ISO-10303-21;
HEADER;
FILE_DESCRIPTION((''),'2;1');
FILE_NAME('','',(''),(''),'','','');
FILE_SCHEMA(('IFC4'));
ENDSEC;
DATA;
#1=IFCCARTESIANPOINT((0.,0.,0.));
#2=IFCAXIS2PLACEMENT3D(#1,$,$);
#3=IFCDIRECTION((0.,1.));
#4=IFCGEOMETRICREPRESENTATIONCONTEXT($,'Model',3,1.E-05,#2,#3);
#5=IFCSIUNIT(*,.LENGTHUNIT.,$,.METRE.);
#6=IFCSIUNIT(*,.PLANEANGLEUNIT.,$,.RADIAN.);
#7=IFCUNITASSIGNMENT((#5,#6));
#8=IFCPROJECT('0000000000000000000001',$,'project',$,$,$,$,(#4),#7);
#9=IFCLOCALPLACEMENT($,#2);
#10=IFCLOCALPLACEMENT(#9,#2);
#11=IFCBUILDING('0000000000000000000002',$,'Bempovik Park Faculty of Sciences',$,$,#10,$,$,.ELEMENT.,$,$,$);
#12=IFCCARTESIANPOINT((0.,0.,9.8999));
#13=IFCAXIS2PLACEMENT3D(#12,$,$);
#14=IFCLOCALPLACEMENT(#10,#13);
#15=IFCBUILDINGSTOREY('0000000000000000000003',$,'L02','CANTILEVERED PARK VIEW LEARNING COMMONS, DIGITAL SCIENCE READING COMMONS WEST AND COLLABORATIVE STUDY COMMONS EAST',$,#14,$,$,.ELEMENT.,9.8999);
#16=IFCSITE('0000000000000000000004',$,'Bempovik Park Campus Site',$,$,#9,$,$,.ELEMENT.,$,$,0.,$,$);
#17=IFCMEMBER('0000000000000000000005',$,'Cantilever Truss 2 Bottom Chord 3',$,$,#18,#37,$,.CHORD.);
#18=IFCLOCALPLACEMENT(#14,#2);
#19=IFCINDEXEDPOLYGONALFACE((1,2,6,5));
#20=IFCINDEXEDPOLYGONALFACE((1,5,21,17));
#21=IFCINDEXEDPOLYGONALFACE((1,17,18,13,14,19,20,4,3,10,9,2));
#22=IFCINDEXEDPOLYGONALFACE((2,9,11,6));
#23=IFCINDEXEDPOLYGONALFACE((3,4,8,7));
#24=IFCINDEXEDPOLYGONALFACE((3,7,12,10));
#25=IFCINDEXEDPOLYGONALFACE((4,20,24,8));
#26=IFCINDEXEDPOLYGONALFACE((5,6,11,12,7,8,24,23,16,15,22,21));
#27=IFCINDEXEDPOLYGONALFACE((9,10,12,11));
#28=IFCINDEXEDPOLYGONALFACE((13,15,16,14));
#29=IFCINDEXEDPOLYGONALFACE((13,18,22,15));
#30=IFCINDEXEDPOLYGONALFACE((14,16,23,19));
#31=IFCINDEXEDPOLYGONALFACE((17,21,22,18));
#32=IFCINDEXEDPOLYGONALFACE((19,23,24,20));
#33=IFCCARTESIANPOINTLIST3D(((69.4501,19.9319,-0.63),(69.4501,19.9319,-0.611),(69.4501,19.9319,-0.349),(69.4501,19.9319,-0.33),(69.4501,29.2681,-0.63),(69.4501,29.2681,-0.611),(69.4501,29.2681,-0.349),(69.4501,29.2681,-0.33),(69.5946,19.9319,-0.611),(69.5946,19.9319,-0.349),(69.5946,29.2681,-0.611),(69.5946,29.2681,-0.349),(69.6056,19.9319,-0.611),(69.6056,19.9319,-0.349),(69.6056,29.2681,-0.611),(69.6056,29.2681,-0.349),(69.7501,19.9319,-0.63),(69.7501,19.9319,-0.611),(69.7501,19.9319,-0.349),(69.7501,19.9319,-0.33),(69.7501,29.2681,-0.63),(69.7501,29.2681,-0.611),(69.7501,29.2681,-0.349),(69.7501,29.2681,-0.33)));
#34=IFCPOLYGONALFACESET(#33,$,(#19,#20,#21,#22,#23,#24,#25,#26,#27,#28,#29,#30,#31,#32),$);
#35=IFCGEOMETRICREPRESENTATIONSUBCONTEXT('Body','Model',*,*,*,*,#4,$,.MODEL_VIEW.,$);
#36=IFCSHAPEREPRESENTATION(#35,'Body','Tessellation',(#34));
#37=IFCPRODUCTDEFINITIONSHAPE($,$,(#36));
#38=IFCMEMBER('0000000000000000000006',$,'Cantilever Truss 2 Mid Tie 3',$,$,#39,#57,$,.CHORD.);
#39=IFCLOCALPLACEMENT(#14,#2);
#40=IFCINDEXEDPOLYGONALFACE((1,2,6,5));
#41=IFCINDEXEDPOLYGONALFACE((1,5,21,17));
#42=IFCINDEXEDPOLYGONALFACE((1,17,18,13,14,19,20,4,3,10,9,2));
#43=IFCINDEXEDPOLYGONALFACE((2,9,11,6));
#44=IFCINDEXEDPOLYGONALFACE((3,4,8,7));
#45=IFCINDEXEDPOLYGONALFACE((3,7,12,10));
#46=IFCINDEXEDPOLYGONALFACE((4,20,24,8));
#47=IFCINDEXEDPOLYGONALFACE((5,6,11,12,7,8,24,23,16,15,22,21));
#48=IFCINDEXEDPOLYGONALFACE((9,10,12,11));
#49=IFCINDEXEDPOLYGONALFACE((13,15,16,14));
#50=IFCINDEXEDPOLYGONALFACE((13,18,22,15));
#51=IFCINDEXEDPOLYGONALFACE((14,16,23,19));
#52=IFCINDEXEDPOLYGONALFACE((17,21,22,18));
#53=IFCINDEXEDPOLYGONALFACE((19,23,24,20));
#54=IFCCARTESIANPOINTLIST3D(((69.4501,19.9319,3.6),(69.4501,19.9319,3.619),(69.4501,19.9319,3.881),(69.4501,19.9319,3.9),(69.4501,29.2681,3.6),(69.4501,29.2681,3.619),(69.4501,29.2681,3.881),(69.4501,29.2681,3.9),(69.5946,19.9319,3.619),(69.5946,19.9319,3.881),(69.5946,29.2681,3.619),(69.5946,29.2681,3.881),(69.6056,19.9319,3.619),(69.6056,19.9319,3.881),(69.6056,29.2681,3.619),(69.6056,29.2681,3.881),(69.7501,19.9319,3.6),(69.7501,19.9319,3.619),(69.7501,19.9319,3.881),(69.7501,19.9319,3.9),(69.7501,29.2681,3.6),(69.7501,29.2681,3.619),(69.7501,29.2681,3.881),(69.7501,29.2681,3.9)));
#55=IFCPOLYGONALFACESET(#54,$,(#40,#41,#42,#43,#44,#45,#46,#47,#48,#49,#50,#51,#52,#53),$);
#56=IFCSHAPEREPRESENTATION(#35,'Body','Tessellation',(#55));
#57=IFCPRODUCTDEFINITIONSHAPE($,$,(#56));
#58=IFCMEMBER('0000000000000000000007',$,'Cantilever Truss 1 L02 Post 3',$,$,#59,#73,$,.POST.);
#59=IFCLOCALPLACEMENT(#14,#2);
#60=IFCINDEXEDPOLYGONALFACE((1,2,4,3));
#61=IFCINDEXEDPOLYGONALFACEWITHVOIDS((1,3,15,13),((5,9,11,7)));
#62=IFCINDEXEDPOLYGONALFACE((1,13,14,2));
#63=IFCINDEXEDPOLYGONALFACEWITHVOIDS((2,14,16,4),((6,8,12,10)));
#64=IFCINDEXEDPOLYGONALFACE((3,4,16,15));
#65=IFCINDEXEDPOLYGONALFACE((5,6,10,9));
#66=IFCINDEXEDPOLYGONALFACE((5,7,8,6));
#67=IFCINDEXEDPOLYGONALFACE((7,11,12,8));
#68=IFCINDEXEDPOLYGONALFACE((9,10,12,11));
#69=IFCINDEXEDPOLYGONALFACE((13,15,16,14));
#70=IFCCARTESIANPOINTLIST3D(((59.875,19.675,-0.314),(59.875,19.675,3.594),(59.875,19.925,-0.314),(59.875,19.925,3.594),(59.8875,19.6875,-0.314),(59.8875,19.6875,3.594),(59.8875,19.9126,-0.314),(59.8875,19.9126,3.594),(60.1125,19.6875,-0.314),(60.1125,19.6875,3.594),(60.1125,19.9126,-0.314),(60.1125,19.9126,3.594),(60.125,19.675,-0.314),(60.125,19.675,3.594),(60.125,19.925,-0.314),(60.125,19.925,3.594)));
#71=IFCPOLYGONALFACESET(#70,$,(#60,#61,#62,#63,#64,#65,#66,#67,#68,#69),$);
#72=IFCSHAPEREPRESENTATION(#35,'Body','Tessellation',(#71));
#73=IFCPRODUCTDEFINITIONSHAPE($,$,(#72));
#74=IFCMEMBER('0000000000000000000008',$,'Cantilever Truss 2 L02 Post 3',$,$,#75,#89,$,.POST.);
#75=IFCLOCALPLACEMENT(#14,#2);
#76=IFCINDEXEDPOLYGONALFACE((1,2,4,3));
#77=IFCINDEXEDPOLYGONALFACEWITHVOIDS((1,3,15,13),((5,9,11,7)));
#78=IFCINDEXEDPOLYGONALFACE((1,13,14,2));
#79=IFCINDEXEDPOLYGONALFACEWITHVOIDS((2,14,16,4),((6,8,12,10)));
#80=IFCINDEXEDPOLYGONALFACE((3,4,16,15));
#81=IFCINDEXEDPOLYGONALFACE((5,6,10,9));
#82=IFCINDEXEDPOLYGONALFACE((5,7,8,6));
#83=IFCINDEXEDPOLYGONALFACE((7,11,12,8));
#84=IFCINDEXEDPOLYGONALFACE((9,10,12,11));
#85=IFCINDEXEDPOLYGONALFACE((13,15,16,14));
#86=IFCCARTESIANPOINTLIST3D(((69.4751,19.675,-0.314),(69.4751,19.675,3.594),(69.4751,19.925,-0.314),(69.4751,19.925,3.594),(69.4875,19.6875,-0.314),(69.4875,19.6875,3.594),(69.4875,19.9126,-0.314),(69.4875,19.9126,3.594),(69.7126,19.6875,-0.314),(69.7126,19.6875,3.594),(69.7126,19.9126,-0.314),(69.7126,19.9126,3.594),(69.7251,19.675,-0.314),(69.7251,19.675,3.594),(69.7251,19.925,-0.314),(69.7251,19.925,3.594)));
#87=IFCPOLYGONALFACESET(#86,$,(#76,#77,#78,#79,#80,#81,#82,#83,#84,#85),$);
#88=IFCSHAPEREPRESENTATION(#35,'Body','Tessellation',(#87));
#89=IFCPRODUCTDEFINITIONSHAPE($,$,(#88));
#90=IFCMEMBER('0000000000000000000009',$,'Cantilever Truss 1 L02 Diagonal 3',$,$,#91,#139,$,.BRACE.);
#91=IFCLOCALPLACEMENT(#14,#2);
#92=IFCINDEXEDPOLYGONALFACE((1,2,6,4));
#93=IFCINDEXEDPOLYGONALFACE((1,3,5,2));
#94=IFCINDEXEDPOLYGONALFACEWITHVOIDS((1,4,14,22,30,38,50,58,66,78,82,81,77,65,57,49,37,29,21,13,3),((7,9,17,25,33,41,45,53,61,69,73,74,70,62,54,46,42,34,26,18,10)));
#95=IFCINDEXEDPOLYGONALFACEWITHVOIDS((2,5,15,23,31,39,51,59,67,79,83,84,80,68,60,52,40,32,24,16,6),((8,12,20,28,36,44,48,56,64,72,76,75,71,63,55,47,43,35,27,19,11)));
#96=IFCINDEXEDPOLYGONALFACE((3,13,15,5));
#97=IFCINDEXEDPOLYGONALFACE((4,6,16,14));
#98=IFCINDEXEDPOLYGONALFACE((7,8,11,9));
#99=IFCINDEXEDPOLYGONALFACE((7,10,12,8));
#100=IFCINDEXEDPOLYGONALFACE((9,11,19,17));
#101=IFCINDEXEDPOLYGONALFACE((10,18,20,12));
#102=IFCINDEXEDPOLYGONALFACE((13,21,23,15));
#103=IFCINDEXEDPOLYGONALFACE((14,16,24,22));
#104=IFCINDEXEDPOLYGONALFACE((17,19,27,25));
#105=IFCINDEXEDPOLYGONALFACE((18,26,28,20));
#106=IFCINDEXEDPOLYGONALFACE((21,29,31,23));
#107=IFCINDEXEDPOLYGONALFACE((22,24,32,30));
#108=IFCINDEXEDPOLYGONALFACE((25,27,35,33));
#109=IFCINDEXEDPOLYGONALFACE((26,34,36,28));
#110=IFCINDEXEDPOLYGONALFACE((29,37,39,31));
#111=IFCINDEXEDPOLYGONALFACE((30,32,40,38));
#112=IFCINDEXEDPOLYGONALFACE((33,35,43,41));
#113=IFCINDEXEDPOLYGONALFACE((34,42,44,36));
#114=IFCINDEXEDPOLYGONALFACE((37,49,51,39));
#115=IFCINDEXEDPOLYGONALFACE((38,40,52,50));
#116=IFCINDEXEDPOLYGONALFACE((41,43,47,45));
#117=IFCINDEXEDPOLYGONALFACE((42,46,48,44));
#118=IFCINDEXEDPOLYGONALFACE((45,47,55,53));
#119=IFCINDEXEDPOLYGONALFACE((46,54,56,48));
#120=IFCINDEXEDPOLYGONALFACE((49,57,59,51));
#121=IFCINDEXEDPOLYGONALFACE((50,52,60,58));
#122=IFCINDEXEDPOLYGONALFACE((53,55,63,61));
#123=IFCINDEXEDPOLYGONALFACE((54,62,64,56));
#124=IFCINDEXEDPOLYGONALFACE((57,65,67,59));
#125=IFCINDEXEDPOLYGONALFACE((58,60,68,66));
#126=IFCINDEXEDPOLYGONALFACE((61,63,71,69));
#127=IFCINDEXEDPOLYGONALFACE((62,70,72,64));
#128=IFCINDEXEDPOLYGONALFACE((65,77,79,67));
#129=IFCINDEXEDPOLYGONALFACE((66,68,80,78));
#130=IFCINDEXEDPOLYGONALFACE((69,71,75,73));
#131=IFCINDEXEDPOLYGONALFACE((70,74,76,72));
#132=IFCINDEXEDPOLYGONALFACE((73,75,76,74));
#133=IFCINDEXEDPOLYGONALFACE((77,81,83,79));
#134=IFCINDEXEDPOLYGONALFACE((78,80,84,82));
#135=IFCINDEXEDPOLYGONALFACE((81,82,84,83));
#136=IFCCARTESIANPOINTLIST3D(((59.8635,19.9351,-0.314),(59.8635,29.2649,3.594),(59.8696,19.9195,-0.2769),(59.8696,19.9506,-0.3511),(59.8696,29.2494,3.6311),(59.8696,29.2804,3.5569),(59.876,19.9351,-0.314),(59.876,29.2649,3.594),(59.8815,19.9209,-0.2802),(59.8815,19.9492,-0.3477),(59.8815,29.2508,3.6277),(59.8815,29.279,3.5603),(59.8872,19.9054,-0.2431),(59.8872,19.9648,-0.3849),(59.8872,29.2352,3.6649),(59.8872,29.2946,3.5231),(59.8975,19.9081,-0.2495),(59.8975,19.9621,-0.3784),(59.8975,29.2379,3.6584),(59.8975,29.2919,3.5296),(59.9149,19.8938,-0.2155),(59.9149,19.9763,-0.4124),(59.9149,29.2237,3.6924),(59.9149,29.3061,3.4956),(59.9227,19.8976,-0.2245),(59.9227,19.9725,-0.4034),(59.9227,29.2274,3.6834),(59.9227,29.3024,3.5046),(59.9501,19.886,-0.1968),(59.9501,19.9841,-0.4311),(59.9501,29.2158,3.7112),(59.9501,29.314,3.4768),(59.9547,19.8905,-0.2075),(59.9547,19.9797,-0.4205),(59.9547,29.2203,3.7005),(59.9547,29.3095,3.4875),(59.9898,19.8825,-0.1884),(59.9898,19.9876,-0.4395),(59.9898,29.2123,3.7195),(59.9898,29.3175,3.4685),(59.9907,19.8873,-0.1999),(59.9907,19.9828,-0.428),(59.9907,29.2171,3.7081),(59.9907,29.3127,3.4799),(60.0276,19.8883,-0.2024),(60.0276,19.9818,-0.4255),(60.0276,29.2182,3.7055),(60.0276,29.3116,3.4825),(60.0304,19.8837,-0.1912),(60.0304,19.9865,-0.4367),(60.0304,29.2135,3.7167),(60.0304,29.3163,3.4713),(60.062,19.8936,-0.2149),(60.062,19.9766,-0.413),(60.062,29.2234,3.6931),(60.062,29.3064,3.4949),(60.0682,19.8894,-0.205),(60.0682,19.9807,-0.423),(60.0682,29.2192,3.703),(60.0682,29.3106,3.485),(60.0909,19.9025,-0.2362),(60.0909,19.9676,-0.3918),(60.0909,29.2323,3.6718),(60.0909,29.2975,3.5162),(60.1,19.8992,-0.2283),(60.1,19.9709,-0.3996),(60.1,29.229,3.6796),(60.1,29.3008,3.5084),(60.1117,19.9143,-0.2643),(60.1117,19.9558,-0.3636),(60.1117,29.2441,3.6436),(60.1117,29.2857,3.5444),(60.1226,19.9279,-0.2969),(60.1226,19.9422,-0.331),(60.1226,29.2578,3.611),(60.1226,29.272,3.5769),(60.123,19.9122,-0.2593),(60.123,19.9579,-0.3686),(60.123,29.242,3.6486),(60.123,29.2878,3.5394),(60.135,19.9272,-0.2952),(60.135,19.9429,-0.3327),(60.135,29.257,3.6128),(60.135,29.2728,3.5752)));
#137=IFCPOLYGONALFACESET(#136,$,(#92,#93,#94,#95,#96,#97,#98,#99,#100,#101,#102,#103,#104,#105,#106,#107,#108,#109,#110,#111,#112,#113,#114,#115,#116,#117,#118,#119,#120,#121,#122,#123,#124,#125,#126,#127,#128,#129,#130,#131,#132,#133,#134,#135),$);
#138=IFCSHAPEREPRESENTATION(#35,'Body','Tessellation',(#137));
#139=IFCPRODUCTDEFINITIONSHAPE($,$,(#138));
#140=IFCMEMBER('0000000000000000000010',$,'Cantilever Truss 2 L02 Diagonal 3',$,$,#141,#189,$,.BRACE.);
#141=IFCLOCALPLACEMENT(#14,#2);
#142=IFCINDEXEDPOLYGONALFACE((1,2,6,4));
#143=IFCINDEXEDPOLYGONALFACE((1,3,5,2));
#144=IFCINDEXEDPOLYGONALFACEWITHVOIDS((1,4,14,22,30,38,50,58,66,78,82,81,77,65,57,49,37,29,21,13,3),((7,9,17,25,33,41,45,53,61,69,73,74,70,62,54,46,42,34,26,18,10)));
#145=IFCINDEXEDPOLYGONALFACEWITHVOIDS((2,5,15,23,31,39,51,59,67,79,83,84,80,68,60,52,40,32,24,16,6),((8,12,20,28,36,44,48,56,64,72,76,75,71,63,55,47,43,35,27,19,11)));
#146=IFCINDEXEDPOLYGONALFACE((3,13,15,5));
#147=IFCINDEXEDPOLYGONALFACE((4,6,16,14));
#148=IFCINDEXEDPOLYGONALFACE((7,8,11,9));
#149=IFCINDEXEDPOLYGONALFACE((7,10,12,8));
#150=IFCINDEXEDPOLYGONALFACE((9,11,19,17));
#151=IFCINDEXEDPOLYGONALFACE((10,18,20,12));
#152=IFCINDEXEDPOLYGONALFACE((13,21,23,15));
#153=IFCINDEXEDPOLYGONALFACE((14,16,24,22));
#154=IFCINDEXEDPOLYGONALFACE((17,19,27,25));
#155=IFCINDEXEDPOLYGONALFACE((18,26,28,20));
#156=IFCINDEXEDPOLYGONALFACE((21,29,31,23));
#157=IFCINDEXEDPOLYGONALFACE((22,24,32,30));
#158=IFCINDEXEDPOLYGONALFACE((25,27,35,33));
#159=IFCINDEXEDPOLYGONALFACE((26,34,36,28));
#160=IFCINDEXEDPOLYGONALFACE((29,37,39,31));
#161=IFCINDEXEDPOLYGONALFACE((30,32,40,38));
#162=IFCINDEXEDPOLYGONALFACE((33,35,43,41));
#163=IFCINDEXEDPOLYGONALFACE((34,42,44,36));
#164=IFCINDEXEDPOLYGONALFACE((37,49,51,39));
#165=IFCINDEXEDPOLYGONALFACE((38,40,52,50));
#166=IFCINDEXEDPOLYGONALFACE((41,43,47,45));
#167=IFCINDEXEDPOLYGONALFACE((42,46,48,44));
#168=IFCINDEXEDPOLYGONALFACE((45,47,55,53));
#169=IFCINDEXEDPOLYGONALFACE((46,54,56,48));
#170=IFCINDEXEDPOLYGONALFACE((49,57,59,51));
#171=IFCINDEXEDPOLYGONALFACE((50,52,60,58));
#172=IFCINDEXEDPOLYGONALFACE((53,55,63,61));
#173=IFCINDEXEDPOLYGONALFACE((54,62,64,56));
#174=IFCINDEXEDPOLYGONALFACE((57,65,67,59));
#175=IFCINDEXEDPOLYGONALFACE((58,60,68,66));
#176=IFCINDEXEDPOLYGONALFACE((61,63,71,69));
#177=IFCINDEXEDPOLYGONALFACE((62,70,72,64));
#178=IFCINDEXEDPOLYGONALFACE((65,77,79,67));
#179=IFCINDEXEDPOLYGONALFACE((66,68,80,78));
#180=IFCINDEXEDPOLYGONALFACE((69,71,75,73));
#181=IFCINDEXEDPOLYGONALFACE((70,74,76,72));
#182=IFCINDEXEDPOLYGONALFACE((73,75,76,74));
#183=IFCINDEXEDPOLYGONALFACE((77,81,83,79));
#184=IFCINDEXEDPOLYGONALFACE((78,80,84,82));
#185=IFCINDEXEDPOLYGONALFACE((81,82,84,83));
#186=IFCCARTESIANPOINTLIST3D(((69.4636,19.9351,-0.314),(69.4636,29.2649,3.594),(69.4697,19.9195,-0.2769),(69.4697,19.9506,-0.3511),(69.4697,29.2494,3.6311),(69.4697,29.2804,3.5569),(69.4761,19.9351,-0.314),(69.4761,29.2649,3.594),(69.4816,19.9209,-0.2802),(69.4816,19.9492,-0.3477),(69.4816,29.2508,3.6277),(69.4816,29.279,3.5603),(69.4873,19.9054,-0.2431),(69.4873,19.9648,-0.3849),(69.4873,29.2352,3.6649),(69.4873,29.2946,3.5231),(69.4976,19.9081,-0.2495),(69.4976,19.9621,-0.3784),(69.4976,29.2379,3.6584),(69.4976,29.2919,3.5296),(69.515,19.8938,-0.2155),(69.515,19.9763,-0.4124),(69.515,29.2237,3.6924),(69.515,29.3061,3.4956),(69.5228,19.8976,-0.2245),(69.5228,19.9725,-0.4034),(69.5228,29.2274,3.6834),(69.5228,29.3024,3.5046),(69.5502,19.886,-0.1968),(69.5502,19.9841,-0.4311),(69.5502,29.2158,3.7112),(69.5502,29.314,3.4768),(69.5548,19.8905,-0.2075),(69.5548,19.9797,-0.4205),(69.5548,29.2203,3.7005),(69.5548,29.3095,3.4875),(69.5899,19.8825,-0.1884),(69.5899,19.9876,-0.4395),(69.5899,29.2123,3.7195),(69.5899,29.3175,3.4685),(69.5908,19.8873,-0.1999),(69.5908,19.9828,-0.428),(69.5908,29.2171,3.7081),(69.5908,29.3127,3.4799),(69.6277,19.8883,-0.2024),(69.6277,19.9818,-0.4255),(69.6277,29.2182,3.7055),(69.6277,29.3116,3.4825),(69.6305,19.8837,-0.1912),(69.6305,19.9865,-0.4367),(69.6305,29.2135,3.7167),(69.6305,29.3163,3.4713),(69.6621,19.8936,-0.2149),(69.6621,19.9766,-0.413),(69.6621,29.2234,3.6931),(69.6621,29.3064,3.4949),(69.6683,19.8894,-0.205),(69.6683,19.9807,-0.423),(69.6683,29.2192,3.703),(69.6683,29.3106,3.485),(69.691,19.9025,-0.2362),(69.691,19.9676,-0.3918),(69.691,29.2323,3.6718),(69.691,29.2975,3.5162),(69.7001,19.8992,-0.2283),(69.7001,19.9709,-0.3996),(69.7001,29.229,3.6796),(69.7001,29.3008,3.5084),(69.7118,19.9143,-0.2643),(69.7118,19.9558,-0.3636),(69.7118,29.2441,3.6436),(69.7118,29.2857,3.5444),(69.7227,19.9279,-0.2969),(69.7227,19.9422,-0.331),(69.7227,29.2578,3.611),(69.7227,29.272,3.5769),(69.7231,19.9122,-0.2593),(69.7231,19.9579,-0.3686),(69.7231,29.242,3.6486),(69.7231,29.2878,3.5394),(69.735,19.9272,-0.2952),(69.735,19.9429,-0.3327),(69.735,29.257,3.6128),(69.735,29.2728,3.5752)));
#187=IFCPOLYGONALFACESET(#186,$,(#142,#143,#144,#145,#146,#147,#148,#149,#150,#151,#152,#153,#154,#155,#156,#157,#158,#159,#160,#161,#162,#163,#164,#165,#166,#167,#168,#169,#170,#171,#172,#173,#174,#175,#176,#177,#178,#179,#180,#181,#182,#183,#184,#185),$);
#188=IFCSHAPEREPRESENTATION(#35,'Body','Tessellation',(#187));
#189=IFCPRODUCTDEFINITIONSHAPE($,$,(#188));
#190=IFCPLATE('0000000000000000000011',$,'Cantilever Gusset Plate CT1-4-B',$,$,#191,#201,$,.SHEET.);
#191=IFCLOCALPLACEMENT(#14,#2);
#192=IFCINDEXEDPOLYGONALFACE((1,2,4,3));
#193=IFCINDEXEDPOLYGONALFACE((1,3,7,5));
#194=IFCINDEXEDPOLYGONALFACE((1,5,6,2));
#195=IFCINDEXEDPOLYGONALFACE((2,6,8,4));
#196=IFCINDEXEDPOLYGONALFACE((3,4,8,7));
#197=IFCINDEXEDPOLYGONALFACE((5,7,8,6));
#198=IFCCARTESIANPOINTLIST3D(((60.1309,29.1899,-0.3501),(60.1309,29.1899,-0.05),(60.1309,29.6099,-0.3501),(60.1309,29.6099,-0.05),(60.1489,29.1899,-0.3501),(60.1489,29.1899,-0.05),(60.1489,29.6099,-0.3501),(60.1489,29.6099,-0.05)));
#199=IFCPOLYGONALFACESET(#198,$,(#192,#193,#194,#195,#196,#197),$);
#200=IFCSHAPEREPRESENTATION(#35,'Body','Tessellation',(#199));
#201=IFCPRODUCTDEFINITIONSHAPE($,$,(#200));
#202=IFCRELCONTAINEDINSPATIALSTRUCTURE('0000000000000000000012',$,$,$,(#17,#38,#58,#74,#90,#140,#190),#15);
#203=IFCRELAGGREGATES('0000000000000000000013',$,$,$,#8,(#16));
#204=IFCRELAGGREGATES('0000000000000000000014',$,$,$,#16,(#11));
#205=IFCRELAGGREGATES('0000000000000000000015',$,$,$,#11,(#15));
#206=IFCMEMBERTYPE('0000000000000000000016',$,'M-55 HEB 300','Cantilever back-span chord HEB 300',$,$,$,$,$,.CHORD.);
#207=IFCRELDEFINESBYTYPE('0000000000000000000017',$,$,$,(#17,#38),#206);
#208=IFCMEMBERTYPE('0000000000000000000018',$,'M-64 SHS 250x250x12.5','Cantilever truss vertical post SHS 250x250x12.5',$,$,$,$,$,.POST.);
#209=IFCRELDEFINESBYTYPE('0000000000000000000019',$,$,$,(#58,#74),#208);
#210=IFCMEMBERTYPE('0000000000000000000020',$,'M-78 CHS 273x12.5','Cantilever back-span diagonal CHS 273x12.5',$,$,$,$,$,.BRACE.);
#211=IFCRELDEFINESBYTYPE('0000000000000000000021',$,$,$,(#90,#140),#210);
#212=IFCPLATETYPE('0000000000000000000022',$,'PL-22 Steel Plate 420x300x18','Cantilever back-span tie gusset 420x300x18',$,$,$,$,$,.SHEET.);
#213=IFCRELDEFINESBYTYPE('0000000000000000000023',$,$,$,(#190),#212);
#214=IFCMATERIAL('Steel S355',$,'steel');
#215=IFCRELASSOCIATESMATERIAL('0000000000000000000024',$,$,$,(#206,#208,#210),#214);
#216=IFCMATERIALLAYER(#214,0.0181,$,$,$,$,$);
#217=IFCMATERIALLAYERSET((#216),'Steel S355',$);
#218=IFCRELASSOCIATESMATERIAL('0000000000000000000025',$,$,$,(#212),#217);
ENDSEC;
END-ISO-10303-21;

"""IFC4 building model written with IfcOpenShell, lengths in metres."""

from ifc_helpers import new_model, si_unit, direction, frame, origin, origin_2d, place, context, subcontext, project, spatial, rectangle, hollow_rectangle, hollow_circle, i_section, extrude, material, layer, layer_set, material_profile, profile_set, type_object, element, save


model = new_model("IFC4")

# Units and contexts
model_context = context("Model", 3, precision=1e-05, world=origin(), true_north=direction((0.0, 1.0)))
body_context = subcontext(model_context, "Body", "Model", "MODEL_VIEW")
ifc_project = project(units=[si_unit("LENGTHUNIT", "METRE"), si_unit("PLANEANGLEUNIT", "RADIAN")], contexts=[model_context])

# Site, building, storey
site_placement = place(None, origin())
site = spatial("IfcSite", under=ifc_project, at=site_placement, Name="Bempovik Park Campus Site", CompositionType="ELEMENT", RefElevation=0.0)
building_placement = place(site_placement, origin())
building = spatial("IfcBuilding", under=site, at=building_placement, Name="Bempovik Park Faculty of Sciences", CompositionType="ELEMENT")
storey_placement = place(building_placement, frame((0.0, 0.0, 9.8999)))
storey = spatial("IfcBuildingStorey", under=building, at=storey_placement, Name="L02", Description="CANTILEVERED PARK VIEW LEARNING COMMONS, DIGITAL SCIENCE READING COMMONS WEST AND COLLABORATIVE STUDY COMMONS EAST", CompositionType="ELEMENT", Elevation=9.8999)

# Shared definitions
ifc_material_1 = material(Name="Steel S355", Category="steel")

# Members
ifc_material_profile_1 = material_profile(ifc_material_1, i_section(OverallWidth=0.3, OverallDepth=0.3, WebThickness=0.011, FlangeThickness=0.019, at=origin_2d()), Name="HEB 300")
ifc_profile_set_1 = profile_set([ifc_material_profile_1], Name="Steel S355")
member_type_1 = type_object("IfcMemberType", Name="M-55 HEB 300", Description="Cantilever back-span chord HEB 300", PredefinedType="CHORD", material=ifc_profile_set_1)
for number, where, z_axis, x_axis, name in (
    (1, (69.6001, 19.9319, -0.48), (0.0, 1.0, 0.0), (-1.0, 0.0, 0.0), "Cantilever Truss 2 Bottom Chord 3"),
    (2, (69.6001, 19.9319, 3.75), (0.0, 1.0, 0.0), (-1.0, 0.0, 0.0), "Cantilever Truss 2 Mid Tie 3"),
):
    element("IfcMember", number, at=place(storey_placement, frame(where, z_axis=z_axis, x_axis=x_axis)), inside=storey, type_object=member_type_1, Name=name, PredefinedType="CHORD", context=body_context, shape_type="SweptSolid", body=[
        extrude(i_section(OverallWidth=0.3, OverallDepth=0.3, WebThickness=0.011, FlangeThickness=0.019, at=origin_2d()), origin(), (0.0, 0.0, 1.0), 9.3362),
    ])
ifc_material_profile_2 = material_profile(ifc_material_1, hollow_rectangle(XDim=0.25, YDim=0.25, WallThickness=0.0125, at=origin_2d()), Name="SHS 250x250x12.5")
ifc_profile_set_2 = profile_set([ifc_material_profile_2], Name="Steel S355")
member_type_2 = type_object("IfcMemberType", Name="M-64 SHS 250x250x12.5", Description="Cantilever truss vertical post SHS 250x250x12.5", PredefinedType="POST", material=ifc_profile_set_2)
for number, where, z_axis, x_axis, name in (
    (3, (60.0, 19.8, -0.314), (0.0, 0.0, 1.0), (1.0, 0.0, 0.0), "Cantilever Truss 1 L02 Post 3"),
    (4, (69.6001, 19.8, -0.314), (0.0, 0.0, 1.0), (1.0, 0.0, 0.0), "Cantilever Truss 2 L02 Post 3"),
):
    element("IfcMember", number, at=place(storey_placement, frame(where, z_axis=z_axis, x_axis=x_axis)), inside=storey, type_object=member_type_2, Name=name, PredefinedType="POST", context=body_context, shape_type="SweptSolid", body=[
        extrude(hollow_rectangle(XDim=0.25, YDim=0.25, WallThickness=0.0125, at=origin_2d()), origin(), (0.0, 0.0, 1.0), 3.908),
    ])
ifc_material_profile_3 = material_profile(ifc_material_1, hollow_circle(Radius=0.1365, WallThickness=0.0125, at=origin_2d()), Name="CHS 273x12.5")
ifc_profile_set_3 = profile_set([ifc_material_profile_3], Name="Steel S355")
member_type_3 = type_object("IfcMemberType", Name="M-78 CHS 273x12.5", Description="Cantilever back-span diagonal CHS 273x12.5", PredefinedType="BRACE", material=ifc_profile_set_3)
for number, where, z_axis, x_axis, name in (
    (5, (60.0, 19.9351, -0.314), (0.0, 0.922355, 0.386344), (-1.0, 0.0, 0.0), "Cantilever Truss 1 L02 Diagonal 3"),
    (6, (69.6001, 19.9351, -0.314), (0.0, 0.922355, 0.386344), (-1.0, 0.0, 0.0), "Cantilever Truss 2 L02 Diagonal 3"),
):
    element("IfcMember", number, at=place(storey_placement, frame(where, z_axis=z_axis, x_axis=x_axis)), inside=storey, type_object=member_type_3, Name=name, PredefinedType="BRACE", context=body_context, shape_type="SweptSolid", body=[
        extrude(hollow_circle(Radius=0.1365, WallThickness=0.0125, at=origin_2d()), origin(), (0.0, 0.0, 1.0), 10.1152),
    ])

# Plate
ifc_layer_1 = layer(ifc_material_1, 0.0181)
ifc_layer_set_1 = layer_set([ifc_layer_1], Name="Steel S355")
plate_type_1 = type_object("IfcPlateType", Name="PL-22 Steel Plate 420x300x18", Description="Cantilever back-span tie gusset 420x300x18", PredefinedType="SHEET", material=ifc_layer_set_1)
plate_1_placement = place(storey_placement, frame((60.1399, 29.3999, -0.3501), z_axis=(0.0, 0.0, 1.0), x_axis=(1.0, 0.0, 0.0)))
element("IfcPlate", 7, at=plate_1_placement, inside=storey, type_object=plate_type_1, Name="Cantilever Gusset Plate CT1-4-B", PredefinedType="SHEET", context=body_context, shape_type="SweptSolid", body=[
    extrude(rectangle(XDim=0.0181, YDim=0.4199, at=origin_2d()), origin(), (0.0, 0.0, 1.0), 0.3),
])

save(model, "model.ifc")
